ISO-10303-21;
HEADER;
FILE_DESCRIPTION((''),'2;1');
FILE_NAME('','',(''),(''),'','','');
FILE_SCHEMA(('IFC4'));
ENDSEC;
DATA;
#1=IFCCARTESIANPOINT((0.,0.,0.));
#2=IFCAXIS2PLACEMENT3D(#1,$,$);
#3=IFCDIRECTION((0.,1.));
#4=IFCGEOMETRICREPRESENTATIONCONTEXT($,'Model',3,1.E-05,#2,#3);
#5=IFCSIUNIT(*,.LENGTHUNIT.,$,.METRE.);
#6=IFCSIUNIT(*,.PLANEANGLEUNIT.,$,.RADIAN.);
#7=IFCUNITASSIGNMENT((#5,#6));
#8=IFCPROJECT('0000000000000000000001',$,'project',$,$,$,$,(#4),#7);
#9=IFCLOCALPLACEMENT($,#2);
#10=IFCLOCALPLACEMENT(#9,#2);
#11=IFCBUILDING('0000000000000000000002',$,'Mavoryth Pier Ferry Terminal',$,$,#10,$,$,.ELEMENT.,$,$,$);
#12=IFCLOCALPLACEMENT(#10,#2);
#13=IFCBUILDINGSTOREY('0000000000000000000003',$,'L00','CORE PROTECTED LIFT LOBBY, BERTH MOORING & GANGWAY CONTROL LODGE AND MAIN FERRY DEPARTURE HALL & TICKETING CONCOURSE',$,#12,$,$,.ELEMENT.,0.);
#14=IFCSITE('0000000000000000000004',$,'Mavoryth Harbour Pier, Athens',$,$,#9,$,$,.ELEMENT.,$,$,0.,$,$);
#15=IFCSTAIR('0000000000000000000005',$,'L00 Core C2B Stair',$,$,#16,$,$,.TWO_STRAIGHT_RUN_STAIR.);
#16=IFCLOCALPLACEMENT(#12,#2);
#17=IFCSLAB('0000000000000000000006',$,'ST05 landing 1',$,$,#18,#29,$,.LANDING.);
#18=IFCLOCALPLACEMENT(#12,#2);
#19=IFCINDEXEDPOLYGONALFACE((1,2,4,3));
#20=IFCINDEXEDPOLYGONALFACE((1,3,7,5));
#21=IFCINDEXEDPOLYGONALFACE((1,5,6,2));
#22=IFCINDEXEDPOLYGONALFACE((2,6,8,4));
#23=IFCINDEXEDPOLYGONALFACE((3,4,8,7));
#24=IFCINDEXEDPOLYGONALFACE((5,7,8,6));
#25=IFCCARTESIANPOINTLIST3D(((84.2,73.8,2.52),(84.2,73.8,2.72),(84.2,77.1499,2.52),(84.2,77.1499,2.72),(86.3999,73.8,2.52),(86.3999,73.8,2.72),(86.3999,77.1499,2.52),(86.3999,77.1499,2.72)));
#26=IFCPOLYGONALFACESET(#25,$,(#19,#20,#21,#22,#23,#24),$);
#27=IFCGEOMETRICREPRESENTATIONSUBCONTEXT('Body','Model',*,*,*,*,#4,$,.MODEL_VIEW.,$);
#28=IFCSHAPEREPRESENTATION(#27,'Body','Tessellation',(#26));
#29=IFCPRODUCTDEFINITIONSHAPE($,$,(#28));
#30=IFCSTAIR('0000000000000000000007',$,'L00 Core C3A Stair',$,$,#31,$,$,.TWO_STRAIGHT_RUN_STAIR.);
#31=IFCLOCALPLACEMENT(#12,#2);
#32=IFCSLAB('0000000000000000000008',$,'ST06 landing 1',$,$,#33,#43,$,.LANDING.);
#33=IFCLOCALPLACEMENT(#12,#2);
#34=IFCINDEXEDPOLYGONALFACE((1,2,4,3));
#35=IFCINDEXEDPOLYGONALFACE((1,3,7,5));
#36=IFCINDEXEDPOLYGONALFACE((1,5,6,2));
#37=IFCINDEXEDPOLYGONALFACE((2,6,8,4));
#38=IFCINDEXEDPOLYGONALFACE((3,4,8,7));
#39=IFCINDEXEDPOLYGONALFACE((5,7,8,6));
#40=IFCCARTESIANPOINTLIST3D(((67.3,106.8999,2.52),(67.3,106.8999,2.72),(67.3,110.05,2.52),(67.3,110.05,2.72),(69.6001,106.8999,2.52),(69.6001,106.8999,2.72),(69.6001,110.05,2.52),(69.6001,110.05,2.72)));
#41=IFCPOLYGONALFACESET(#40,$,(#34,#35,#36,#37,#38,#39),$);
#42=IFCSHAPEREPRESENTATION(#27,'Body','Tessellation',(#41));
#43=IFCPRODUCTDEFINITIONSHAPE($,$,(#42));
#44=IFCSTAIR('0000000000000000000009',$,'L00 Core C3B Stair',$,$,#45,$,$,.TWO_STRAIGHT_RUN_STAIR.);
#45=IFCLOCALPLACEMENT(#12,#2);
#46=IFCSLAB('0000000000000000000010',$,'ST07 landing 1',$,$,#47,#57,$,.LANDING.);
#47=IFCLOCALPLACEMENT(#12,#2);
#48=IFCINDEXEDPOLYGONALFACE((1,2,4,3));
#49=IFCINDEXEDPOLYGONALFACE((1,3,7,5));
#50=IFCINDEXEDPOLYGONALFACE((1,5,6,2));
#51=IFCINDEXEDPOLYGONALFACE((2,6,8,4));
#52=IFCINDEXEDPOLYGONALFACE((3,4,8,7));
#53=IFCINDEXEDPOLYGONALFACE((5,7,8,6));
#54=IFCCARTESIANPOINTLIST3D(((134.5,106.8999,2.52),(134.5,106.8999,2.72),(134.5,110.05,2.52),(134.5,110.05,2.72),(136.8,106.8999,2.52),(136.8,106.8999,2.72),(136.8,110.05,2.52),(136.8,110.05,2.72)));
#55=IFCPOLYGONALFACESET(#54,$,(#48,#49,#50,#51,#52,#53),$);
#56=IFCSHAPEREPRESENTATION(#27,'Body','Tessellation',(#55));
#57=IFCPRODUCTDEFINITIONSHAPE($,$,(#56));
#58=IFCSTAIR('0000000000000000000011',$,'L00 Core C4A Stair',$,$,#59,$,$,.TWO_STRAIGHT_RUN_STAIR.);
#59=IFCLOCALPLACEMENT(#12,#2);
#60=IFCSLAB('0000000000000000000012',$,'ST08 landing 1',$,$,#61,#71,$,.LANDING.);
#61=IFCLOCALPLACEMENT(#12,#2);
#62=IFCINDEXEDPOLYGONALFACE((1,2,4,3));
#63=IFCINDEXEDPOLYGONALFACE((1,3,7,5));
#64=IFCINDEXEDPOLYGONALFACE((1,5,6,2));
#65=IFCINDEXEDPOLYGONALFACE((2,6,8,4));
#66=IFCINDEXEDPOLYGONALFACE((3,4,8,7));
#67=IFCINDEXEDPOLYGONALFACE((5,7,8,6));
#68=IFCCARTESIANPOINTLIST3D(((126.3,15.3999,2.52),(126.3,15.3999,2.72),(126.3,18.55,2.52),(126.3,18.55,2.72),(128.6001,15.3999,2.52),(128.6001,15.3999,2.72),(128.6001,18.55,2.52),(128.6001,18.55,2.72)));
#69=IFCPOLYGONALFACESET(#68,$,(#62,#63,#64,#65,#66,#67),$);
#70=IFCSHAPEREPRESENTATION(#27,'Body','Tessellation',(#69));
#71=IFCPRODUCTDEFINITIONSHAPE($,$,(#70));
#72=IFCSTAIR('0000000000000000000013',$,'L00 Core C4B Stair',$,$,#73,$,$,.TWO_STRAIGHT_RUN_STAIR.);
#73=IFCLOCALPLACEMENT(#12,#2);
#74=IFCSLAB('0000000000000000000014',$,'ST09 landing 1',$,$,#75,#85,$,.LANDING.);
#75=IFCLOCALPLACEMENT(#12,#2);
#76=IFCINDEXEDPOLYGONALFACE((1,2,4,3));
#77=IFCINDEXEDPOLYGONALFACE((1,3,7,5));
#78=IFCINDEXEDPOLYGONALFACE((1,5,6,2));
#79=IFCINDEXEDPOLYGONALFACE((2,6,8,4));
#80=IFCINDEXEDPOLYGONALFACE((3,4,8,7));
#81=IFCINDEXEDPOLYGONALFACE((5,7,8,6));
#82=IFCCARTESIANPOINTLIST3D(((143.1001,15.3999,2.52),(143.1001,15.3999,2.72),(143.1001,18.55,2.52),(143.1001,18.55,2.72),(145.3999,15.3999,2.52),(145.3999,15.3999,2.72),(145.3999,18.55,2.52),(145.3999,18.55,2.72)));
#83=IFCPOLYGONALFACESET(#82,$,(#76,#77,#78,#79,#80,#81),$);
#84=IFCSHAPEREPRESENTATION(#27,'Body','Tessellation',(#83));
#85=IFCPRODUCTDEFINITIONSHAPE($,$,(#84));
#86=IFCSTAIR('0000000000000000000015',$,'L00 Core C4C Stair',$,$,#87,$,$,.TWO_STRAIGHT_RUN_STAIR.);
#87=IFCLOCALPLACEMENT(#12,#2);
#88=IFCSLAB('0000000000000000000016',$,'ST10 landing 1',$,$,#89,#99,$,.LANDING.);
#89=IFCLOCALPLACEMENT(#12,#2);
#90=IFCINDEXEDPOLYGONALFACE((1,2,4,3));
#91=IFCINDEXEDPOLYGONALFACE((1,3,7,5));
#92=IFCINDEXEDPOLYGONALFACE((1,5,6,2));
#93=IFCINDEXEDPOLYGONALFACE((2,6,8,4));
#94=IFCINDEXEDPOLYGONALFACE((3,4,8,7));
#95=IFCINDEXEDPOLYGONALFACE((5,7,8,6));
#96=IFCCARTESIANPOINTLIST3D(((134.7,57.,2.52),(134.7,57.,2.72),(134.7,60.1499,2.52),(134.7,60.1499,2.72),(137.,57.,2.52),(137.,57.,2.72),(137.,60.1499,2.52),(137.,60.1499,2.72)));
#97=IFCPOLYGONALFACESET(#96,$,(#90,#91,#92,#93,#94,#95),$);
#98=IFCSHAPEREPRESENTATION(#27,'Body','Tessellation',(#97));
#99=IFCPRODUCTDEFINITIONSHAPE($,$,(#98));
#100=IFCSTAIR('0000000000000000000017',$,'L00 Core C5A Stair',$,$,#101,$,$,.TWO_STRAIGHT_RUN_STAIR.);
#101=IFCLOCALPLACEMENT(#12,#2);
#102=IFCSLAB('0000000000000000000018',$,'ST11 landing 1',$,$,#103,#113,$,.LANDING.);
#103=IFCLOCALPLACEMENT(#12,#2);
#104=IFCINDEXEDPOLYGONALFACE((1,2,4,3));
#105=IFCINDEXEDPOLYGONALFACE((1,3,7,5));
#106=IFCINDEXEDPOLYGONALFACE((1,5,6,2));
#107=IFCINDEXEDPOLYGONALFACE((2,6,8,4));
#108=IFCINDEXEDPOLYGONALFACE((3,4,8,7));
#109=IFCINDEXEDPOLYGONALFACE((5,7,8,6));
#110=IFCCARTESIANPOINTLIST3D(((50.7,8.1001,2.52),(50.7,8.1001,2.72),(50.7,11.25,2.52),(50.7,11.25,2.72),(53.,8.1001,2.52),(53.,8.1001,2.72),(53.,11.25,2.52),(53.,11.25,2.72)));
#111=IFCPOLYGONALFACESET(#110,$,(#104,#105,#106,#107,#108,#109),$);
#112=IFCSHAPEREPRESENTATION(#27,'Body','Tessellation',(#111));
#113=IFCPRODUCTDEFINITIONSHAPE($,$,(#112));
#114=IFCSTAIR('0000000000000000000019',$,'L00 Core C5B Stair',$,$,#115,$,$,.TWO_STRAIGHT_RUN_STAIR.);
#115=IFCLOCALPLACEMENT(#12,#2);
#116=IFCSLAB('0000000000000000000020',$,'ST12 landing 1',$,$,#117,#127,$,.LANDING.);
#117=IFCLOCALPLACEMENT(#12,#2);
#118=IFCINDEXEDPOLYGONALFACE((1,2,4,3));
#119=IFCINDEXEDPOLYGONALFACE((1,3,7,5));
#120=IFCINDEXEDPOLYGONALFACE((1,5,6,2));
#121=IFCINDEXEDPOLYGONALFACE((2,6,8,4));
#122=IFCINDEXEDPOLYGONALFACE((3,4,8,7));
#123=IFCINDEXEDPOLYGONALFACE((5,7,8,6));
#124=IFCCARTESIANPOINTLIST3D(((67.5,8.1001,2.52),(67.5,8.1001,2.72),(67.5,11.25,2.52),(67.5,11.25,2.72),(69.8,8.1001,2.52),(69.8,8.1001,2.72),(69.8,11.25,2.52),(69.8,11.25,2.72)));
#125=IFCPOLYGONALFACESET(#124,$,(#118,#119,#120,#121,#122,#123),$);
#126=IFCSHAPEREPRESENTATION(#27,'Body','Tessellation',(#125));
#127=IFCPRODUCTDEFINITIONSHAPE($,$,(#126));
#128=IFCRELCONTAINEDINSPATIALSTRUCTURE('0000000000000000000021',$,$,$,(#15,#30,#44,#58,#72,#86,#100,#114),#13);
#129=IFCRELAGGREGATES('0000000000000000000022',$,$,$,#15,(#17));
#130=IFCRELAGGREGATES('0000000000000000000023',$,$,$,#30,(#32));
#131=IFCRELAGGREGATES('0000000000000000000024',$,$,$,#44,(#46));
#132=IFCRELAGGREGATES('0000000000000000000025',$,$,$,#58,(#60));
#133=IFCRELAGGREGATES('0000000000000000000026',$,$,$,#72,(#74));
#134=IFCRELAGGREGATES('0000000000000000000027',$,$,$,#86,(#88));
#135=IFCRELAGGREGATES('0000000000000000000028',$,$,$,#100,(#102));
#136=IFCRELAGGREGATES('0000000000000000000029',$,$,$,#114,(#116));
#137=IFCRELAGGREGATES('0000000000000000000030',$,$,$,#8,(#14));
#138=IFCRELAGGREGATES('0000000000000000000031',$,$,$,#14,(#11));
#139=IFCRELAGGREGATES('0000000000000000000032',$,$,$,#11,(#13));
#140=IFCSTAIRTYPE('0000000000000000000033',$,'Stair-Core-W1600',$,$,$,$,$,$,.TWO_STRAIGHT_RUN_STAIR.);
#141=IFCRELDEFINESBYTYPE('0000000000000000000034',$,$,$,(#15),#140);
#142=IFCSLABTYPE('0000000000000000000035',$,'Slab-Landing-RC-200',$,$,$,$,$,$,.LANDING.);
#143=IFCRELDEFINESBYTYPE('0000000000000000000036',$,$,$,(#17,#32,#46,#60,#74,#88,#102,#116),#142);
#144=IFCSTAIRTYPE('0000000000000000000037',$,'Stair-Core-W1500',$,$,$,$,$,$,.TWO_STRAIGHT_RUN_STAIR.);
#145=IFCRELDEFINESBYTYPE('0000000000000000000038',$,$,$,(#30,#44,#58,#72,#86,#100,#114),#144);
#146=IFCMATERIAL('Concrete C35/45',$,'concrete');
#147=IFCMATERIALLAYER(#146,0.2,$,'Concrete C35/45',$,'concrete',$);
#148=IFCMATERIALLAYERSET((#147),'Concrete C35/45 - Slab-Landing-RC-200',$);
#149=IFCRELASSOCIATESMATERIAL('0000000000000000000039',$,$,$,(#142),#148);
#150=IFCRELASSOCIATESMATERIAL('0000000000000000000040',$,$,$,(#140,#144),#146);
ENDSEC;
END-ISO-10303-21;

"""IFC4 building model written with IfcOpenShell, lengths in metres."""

from ifc_helpers import new_model, si_unit, direction, frame, origin, place, context, subcontext, project, spatial, polyline, outline, extrude, material, layer, layer_set, type_object, element, aggregate, save


model = new_model("IFC4")

# Units and contexts
model_context = context("Model", 3, precision=1e-05, world=origin(), true_north=direction((0.0, 1.0)))
body_context = subcontext(model_context, "Body", "Model", "MODEL_VIEW")
ifc_project = project(units=[si_unit("LENGTHUNIT", "METRE"), si_unit("PLANEANGLEUNIT", "RADIAN")], contexts=[model_context])

# Site, building, storey
site_placement = place(None, origin())
site = spatial("IfcSite", under=ifc_project, at=site_placement, Name="Mavoryth Harbour Pier, Athens", CompositionType="ELEMENT", RefElevation=0.0)
building_placement = place(site_placement, origin())
building = spatial("IfcBuilding", under=site, at=building_placement, Name="Mavoryth Pier Ferry Terminal", CompositionType="ELEMENT")
storey_placement = place(building_placement, origin())
storey = spatial("IfcBuildingStorey", under=building, at=storey_placement, Name="L00", Description="CORE PROTECTED LIFT LOBBY, BERTH MOORING & GANGWAY CONTROL LODGE AND MAIN FERRY DEPARTURE HALL & TICKETING CONCOURSE", CompositionType="ELEMENT", Elevation=0.0)

# Shared definitions
ifc_material_1 = material(Name="Concrete C35/45", Category="concrete")

# Stairs, slabs
ifc_layer_1 = layer(ifc_material_1, 0.2, Name="Concrete C35/45", Category="concrete")
ifc_layer_set_1 = layer_set([ifc_layer_1], Name="Concrete C35/45 - Slab-Landing-RC-200")
slab_type_1 = type_object("IfcSlabType", Name="Slab-Landing-RC-200", PredefinedType="LANDING", material=ifc_layer_set_1)
stair_type_1 = type_object("IfcStairType", Name="Stair-Core-W1600", PredefinedType="TWO_STRAIGHT_RUN_STAIR", material=ifc_material_1)
stair_1_placement = place(storey_placement, origin())
stair_1 = element("IfcStair", 1, at=stair_1_placement, inside=storey, type_object=stair_type_1, Name="L00 Core C2B Stair", PredefinedType="TWO_STRAIGHT_RUN_STAIR")
slab_1_placement = place(storey_placement, frame((0.0, 0.0, 2.52)))
slab_1 = element("IfcSlab", 2, at=slab_1_placement, type_object=slab_type_1, Name="ST05 landing 1", PredefinedType="LANDING", context=body_context, shape_type="SweptSolid", body=[
    extrude(outline(polyline([(84.2, 73.8), (86.3999, 73.8), (86.3999, 77.1499), (84.2, 77.1499), (84.2, 73.8)])), origin(), (0.0, 0.0, 1.0), 0.2),
])
aggregate(stair_1, [slab_1])
stair_type_2 = type_object("IfcStairType", Name="Stair-Core-W1500", PredefinedType="TWO_STRAIGHT_RUN_STAIR", material=ifc_material_1)
stair_2_placement = place(storey_placement, origin())
stair_2 = element("IfcStair", 3, at=stair_2_placement, inside=storey, type_object=stair_type_2, Name="L00 Core C3A Stair", PredefinedType="TWO_STRAIGHT_RUN_STAIR")
slab_2_placement = place(storey_placement, frame((0.0, 0.0, 2.52)))
slab_2 = element("IfcSlab", 4, at=slab_2_placement, type_object=slab_type_1, Name="ST06 landing 1", PredefinedType="LANDING", context=body_context, shape_type="SweptSolid", body=[
    extrude(outline(polyline([(67.3, 106.8999), (69.6001, 106.8999), (69.6001, 110.05), (67.3, 110.05), (67.3, 106.8999)])), origin(), (0.0, 0.0, 1.0), 0.2),
])
aggregate(stair_2, [slab_2])
stair_3_placement = place(storey_placement, origin())
stair_3 = element("IfcStair", 5, at=stair_3_placement, inside=storey, type_object=stair_type_2, Name="L00 Core C3B Stair", PredefinedType="TWO_STRAIGHT_RUN_STAIR")
slab_3_placement = place(storey_placement, frame((0.0, 0.0, 2.52)))
slab_3 = element("IfcSlab", 6, at=slab_3_placement, type_object=slab_type_1, Name="ST07 landing 1", PredefinedType="LANDING", context=body_context, shape_type="SweptSolid", body=[
    extrude(outline(polyline([(134.5, 106.8999), (136.8, 106.8999), (136.8, 110.05), (134.5, 110.05), (134.5, 106.8999)])), origin(), (0.0, 0.0, 1.0), 0.2),
])
aggregate(stair_3, [slab_3])
stair_4_placement = place(storey_placement, origin())
stair_4 = element("IfcStair", 7, at=stair_4_placement, inside=storey, type_object=stair_type_2, Name="L00 Core C4A Stair", PredefinedType="TWO_STRAIGHT_RUN_STAIR")
slab_4_placement = place(storey_placement, frame((0.0, 0.0, 2.52)))
slab_4 = element("IfcSlab", 8, at=slab_4_placement, type_object=slab_type_1, Name="ST08 landing 1", PredefinedType="LANDING", context=body_context, shape_type="SweptSolid", body=[
    extrude(outline(polyline([(126.3, 15.3999), (128.6001, 15.3999), (128.6001, 18.55), (126.3, 18.55), (126.3, 15.3999)])), origin(), (0.0, 0.0, 1.0), 0.2),
])
aggregate(stair_4, [slab_4])
stair_5_placement = place(storey_placement, origin())
stair_5 = element("IfcStair", 9, at=stair_5_placement, inside=storey, type_object=stair_type_2, Name="L00 Core C4B Stair", PredefinedType="TWO_STRAIGHT_RUN_STAIR")
slab_5_placement = place(storey_placement, frame((0.0, 0.0, 2.52)))
slab_5 = element("IfcSlab", 10, at=slab_5_placement, type_object=slab_type_1, Name="ST09 landing 1", PredefinedType="LANDING", context=body_context, shape_type="SweptSolid", body=[
    extrude(outline(polyline([(143.1001, 15.3999), (145.3999, 15.3999), (145.3999, 18.55), (143.1001, 18.55), (143.1001, 15.3999)])), origin(), (0.0, 0.0, 1.0), 0.2),
])
aggregate(stair_5, [slab_5])
stair_6_placement = place(storey_placement, origin())
stair_6 = element("IfcStair", 11, at=stair_6_placement, inside=storey, type_object=stair_type_2, Name="L00 Core C4C Stair", PredefinedType="TWO_STRAIGHT_RUN_STAIR")
slab_6_placement = place(storey_placement, frame((0.0, 0.0, 2.52)))
slab_6 = element("IfcSlab", 12, at=slab_6_placement, type_object=slab_type_1, Name="ST10 landing 1", PredefinedType="LANDING", context=body_context, shape_type="SweptSolid", body=[
    extrude(outline(polyline([(134.7, 57.0), (137.0, 57.0), (137.0, 60.1499), (134.7, 60.1499), (134.7, 57.0)])), origin(), (0.0, 0.0, 1.0), 0.2),
])
aggregate(stair_6, [slab_6])
stair_7_placement = place(storey_placement, origin())
stair_7 = element("IfcStair", 13, at=stair_7_placement, inside=storey, type_object=stair_type_2, Name="L00 Core C5A Stair", PredefinedType="TWO_STRAIGHT_RUN_STAIR")
slab_7_placement = place(storey_placement, frame((0.0, 0.0, 2.52)))
slab_7 = element("IfcSlab", 14, at=slab_7_placement, type_object=slab_type_1, Name="ST11 landing 1", PredefinedType="LANDING", context=body_context, shape_type="SweptSolid", body=[
    extrude(outline(polyline([(50.7, 8.1001), (53.0, 8.1001), (53.0, 11.25), (50.7, 11.25), (50.7, 8.1001)])), origin(), (0.0, 0.0, 1.0), 0.2),
])
aggregate(stair_7, [slab_7])
stair_8_placement = place(storey_placement, origin())
stair_8 = element("IfcStair", 15, at=stair_8_placement, inside=storey, type_object=stair_type_2, Name="L00 Core C5B Stair", PredefinedType="TWO_STRAIGHT_RUN_STAIR")
slab_8_placement = place(storey_placement, frame((0.0, 0.0, 2.52)))
slab_8 = element("IfcSlab", 16, at=slab_8_placement, type_object=slab_type_1, Name="ST12 landing 1", PredefinedType="LANDING", context=body_context, shape_type="SweptSolid", body=[
    extrude(outline(polyline([(67.5, 8.1001), (69.8, 8.1001), (69.8, 11.25), (67.5, 11.25), (67.5, 8.1001)])), origin(), (0.0, 0.0, 1.0), 0.2),
])
aggregate(stair_8, [slab_8])

save(model, "model.ifc")
